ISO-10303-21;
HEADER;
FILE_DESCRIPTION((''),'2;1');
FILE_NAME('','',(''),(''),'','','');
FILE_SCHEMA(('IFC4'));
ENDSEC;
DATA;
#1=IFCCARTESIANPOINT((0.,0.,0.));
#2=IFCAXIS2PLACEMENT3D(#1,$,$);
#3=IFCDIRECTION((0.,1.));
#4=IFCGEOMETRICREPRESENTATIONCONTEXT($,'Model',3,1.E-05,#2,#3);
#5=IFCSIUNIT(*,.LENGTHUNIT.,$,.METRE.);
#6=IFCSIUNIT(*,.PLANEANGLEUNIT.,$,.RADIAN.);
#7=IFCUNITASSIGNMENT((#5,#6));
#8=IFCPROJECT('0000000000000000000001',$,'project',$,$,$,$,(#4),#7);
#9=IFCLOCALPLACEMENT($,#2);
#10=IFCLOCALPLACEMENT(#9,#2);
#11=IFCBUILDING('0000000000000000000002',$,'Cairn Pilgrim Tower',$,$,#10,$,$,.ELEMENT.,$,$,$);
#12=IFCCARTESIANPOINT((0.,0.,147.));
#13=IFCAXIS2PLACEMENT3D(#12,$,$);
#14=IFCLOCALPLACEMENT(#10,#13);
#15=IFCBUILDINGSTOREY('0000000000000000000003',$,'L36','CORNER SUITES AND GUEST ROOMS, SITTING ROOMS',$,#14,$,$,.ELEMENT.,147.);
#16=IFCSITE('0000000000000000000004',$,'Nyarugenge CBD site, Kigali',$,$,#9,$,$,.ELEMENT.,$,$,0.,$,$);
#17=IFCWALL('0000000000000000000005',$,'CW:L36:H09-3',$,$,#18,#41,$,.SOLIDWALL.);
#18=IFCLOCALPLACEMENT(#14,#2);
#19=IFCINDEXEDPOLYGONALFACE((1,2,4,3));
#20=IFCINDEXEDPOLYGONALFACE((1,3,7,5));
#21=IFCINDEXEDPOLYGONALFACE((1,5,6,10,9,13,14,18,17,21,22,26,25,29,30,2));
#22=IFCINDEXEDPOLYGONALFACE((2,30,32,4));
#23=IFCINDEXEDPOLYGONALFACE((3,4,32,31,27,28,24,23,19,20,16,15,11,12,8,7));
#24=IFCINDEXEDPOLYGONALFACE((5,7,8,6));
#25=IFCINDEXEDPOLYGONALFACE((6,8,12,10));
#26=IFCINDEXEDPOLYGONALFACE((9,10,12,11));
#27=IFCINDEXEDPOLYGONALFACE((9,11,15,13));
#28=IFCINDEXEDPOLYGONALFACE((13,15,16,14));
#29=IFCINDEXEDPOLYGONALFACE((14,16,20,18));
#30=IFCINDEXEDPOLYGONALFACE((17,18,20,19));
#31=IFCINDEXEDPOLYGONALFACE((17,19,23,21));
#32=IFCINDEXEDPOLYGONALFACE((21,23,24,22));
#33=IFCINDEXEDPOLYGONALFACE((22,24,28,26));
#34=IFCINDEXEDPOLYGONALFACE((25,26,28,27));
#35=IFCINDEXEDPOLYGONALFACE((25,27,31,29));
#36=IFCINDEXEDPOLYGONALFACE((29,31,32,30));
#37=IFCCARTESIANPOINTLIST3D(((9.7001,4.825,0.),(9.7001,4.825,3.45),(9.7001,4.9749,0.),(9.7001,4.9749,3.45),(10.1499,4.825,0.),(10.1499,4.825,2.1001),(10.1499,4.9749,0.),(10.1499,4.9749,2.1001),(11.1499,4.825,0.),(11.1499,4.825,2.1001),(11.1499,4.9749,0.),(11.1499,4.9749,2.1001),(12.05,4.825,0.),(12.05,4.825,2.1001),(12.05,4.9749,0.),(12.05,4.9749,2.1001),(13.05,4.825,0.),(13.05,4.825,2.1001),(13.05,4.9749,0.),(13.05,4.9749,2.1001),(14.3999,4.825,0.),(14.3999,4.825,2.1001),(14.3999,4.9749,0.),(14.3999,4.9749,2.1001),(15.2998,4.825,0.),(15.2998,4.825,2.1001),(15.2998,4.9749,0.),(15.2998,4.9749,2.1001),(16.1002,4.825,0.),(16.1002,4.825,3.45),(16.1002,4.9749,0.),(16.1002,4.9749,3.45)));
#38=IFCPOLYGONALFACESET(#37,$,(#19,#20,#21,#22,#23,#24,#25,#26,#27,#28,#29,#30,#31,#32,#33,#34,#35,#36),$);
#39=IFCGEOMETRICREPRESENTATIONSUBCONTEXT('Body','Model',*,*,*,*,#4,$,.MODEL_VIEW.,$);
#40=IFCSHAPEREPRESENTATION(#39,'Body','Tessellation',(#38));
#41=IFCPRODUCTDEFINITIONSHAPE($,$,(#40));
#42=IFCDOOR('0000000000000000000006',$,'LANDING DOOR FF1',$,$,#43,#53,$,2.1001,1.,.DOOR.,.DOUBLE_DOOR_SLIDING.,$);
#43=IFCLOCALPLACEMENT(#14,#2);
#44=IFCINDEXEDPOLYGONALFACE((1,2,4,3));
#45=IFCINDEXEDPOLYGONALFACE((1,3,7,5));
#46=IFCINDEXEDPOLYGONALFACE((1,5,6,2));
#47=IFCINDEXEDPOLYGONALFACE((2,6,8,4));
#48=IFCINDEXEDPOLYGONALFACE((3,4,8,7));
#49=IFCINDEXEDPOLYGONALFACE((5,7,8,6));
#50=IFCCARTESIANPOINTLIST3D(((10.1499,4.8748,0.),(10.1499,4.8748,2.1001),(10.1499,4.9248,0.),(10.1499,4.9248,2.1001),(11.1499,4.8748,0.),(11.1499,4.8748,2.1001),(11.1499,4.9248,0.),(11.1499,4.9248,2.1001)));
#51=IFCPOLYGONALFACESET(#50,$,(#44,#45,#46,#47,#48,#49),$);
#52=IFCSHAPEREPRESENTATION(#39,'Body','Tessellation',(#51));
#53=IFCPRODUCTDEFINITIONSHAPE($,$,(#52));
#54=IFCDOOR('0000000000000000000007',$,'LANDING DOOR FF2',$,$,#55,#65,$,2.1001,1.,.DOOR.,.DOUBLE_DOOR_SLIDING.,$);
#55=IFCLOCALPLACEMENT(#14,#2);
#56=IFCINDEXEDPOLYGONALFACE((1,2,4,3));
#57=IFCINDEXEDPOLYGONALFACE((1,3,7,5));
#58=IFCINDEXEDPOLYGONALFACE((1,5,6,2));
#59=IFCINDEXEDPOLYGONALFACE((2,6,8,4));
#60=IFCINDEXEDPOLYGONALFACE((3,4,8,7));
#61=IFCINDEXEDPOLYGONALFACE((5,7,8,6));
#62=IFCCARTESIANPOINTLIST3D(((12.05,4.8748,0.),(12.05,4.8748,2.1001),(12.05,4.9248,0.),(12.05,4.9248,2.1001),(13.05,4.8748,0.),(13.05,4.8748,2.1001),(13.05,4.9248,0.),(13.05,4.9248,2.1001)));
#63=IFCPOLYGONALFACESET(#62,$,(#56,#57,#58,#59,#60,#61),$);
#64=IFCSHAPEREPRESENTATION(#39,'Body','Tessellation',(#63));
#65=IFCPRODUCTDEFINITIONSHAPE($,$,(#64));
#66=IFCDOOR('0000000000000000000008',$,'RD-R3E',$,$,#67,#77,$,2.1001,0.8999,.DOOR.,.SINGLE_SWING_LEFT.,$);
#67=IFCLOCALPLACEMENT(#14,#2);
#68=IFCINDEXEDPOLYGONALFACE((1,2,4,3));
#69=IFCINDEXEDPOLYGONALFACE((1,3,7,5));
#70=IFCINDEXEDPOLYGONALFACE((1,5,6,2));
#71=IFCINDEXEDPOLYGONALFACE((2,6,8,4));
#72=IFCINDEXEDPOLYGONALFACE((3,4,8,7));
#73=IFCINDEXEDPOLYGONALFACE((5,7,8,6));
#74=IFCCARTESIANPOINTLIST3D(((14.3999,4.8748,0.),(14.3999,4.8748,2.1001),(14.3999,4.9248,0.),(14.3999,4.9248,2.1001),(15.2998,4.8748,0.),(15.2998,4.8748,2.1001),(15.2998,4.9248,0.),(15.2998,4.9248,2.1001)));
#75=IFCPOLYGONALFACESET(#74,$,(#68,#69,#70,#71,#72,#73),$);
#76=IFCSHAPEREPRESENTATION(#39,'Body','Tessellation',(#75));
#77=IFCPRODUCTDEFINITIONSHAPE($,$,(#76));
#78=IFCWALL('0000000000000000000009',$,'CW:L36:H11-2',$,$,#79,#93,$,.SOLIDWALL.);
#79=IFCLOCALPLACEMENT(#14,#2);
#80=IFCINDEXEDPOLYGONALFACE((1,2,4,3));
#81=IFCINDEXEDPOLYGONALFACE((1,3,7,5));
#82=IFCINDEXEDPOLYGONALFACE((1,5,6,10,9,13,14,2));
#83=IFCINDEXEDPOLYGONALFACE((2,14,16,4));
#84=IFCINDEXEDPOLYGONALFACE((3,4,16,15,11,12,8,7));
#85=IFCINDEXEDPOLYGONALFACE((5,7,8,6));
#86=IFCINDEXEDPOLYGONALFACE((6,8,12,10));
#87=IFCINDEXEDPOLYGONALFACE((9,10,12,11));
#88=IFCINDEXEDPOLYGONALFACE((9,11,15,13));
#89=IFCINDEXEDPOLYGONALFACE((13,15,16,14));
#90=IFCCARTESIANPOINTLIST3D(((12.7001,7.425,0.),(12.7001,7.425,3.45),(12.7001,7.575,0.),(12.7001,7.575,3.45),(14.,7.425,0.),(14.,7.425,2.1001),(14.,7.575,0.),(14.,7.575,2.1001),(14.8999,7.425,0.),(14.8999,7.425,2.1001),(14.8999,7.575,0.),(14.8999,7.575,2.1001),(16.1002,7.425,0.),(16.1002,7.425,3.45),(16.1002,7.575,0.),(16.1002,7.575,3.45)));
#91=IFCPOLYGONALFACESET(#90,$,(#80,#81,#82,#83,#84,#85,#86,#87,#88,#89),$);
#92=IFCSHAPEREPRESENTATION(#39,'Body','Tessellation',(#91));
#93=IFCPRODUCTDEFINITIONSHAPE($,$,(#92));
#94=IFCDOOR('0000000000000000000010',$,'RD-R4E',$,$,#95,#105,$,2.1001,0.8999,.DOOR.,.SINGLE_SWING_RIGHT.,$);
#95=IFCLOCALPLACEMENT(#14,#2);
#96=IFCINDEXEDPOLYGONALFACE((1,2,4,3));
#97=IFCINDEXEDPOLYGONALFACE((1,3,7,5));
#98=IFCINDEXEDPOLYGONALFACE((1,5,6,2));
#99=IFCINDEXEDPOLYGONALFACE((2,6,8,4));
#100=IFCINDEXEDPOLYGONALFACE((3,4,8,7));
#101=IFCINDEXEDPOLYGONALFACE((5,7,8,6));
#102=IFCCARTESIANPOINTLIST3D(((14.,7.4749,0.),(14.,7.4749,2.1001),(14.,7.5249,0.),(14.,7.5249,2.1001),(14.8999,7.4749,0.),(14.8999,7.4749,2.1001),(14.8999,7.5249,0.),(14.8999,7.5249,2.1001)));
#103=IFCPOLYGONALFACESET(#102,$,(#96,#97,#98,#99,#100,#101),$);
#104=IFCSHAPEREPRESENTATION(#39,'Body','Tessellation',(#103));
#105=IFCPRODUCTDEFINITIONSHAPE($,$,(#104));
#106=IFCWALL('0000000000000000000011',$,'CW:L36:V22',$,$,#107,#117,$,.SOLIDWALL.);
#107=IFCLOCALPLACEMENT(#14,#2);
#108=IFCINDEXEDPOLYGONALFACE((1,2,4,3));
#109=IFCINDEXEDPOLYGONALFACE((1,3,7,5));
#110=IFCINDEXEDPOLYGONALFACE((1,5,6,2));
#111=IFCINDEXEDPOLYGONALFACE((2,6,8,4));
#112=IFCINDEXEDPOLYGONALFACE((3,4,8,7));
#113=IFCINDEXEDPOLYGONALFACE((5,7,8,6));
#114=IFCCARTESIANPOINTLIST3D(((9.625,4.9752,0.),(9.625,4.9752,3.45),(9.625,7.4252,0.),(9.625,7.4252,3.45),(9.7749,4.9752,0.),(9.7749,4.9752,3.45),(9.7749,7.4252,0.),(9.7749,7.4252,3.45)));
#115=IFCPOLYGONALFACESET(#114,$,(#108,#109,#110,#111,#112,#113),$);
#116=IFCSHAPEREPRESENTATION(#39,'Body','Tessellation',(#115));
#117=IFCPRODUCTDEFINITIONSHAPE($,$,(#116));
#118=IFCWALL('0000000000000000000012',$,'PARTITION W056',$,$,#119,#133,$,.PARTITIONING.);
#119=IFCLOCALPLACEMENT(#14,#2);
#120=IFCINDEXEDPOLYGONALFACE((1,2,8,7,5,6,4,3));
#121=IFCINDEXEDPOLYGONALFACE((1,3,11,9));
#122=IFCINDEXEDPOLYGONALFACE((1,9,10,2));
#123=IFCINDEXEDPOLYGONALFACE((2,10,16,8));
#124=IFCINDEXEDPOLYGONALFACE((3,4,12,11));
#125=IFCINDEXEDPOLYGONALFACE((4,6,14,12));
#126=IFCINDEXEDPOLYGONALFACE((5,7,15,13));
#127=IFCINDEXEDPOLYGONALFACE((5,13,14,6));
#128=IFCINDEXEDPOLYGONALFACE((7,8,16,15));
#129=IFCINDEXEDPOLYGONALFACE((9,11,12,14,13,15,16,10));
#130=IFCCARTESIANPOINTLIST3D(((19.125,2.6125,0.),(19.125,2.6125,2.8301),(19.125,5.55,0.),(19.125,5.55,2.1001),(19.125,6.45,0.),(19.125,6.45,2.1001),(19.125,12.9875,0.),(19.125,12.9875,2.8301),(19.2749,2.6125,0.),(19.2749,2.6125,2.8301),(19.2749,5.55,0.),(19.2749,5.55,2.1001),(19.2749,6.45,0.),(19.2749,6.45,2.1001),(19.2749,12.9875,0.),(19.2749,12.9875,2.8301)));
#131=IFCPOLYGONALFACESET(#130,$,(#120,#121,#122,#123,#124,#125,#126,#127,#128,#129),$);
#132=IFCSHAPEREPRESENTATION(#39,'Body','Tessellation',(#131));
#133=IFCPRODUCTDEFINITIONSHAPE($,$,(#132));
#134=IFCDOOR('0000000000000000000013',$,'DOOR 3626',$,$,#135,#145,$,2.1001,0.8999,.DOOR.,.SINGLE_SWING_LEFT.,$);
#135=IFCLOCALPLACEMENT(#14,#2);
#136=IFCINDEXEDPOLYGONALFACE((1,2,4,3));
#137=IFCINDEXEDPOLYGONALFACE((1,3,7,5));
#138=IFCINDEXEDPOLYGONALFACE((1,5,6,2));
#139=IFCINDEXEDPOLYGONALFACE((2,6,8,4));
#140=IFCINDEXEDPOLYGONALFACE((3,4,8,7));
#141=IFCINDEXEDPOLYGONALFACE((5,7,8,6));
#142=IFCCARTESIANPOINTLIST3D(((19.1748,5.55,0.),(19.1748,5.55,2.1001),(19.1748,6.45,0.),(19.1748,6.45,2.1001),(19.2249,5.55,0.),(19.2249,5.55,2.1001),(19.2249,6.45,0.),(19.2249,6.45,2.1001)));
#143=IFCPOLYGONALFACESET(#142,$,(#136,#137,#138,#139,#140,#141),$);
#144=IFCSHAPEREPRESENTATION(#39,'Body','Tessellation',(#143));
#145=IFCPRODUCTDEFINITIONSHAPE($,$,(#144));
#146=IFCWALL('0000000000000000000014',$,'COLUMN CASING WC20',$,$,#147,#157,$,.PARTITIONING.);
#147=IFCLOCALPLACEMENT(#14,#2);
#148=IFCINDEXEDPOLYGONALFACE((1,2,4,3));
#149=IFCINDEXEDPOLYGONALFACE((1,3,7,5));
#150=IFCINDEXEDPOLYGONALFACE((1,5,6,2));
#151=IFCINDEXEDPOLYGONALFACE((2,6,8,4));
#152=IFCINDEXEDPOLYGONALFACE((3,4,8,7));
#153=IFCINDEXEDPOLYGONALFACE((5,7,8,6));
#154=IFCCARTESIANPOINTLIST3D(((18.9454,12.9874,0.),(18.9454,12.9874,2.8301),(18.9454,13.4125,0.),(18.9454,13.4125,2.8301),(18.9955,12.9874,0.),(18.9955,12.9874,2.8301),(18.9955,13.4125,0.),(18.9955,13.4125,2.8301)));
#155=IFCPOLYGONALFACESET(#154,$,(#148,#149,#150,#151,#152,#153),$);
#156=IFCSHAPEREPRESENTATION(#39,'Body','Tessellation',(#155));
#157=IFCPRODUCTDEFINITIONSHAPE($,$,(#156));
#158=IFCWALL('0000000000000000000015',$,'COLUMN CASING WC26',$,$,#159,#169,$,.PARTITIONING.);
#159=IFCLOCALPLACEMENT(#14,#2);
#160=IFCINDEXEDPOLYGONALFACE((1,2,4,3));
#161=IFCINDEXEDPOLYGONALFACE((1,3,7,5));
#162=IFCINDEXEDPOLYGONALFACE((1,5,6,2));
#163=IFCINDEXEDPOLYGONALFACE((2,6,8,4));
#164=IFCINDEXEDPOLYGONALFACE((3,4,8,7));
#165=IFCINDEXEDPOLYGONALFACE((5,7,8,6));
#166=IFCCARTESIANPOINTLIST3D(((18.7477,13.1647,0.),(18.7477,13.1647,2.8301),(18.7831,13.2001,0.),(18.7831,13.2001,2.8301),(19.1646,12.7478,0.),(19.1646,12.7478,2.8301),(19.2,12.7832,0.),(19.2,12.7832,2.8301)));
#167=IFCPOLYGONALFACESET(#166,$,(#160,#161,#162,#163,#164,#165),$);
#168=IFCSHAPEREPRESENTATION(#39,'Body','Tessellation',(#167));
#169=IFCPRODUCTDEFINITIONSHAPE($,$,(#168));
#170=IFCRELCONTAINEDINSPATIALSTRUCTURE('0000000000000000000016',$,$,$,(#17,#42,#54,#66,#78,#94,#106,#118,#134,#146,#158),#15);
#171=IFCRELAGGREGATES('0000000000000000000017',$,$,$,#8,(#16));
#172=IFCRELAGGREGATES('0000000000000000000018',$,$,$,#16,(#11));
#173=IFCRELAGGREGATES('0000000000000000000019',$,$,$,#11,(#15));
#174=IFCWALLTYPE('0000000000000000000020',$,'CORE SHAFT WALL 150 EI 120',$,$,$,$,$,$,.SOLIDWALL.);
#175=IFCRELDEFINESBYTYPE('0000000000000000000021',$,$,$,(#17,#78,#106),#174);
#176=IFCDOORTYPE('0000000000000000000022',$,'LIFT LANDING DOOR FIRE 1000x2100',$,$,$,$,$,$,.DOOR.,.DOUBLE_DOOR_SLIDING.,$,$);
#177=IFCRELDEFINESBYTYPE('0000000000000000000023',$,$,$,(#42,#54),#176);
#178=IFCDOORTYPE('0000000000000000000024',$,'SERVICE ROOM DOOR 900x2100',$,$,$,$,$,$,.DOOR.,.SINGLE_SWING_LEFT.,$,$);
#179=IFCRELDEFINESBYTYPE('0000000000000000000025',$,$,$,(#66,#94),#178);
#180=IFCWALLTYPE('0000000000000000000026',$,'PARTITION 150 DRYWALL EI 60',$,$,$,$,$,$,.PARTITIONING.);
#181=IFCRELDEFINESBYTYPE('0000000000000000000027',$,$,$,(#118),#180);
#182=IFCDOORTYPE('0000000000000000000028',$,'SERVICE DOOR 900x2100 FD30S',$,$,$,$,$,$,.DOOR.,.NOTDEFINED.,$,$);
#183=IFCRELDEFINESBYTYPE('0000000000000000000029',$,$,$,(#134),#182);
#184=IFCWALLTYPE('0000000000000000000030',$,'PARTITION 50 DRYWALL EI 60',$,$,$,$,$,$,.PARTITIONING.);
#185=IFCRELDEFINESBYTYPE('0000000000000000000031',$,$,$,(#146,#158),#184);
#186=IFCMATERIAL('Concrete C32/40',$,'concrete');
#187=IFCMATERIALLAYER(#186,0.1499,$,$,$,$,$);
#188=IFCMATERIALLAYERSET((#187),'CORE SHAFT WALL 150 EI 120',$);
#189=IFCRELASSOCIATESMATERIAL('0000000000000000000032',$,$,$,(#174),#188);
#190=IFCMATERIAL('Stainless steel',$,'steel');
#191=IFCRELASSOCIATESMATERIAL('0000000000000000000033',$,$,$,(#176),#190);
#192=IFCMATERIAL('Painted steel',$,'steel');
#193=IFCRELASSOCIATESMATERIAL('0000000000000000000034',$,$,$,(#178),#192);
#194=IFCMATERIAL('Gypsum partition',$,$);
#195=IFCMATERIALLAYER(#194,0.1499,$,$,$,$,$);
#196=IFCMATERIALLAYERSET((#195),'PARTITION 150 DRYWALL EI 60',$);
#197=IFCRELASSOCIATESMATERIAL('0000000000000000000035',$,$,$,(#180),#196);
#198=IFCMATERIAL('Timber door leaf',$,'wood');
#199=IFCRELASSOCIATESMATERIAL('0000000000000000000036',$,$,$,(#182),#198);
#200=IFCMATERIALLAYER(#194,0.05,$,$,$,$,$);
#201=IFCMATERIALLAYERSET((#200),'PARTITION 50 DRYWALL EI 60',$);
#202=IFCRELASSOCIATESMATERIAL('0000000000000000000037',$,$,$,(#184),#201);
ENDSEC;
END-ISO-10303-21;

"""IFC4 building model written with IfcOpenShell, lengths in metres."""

from ifc_helpers import new_model, si_unit, direction, frame, frame_2d, origin, place, context, subcontext, project, spatial, rectangle, extrude, material, layer, layer_set, type_object, element, fill, save


model = new_model("IFC4")

# Units and contexts
model_context = context("Model", 3, precision=1e-05, world=origin(), true_north=direction((0.0, 1.0)))
body_context = subcontext(model_context, "Body", "Model", "MODEL_VIEW")
ifc_project = project(units=[si_unit("LENGTHUNIT", "METRE"), si_unit("PLANEANGLEUNIT", "RADIAN")], contexts=[model_context])

# Site, building, storey
site_placement = place(None, origin())
site = spatial("IfcSite", under=ifc_project, at=site_placement, Name="Nyarugenge CBD site, Kigali", CompositionType="ELEMENT", RefElevation=0.0)
building_placement = place(site_placement, origin())
building = spatial("IfcBuilding", under=site, at=building_placement, Name="Cairn Pilgrim Tower", CompositionType="ELEMENT")
storey_placement = place(building_placement, frame((0.0, 0.0, 147.0)))
storey = spatial("IfcBuildingStorey", under=building, at=storey_placement, Name="L36", Description="CORNER SUITES AND GUEST ROOMS, SITTING ROOMS", CompositionType="ELEMENT", Elevation=147.0)

# Shared definitions
ifc_material_1 = material(Name="Concrete C32/40", Category="concrete")

# Wall, openings, doors
ifc_layer_1 = layer(ifc_material_1, 0.1499)
ifc_layer_set_1 = layer_set([ifc_layer_1], Name="CORE SHAFT WALL 150 EI 120")
wall_type_1 = type_object("IfcWallType", Name="CORE SHAFT WALL 150 EI 120", PredefinedType="SOLIDWALL", material=ifc_layer_set_1)
wall_1_placement = place(storey_placement, frame((9.7, 4.8999, 0.0), z_axis=(0.0, 0.0, 1.0), x_axis=(1.0, 0.0, 0.0)))
wall_1 = element("IfcWall", 1, at=wall_1_placement, inside=storey, type_object=wall_type_1, Name="CW:L36:H09-3", PredefinedType="SOLIDWALL", context=body_context, shape_type="SweptSolid", body=[
    extrude(rectangle(XDim=6.4001, YDim=0.1499, at=frame_2d((3.2002, 0.0))), origin(), (0.0, 0.0, 1.0), 3.45),
])
opening_1_placement = place(wall_1_placement, frame((0.45, 0.0, 0.0)))
opening_1 = element("IfcOpeningElement", 2, at=opening_1_placement, cuts=wall_1, PredefinedType="OPENING", context=body_context, shape_type="SweptSolid", body=[
    extrude(rectangle(XDim=1.0, YDim=2.1001, at=frame_2d((0.5, 1.05))), frame((0.0, 0.085, 0.0), z_axis=(0.0, -1.0, 0.0), x_axis=(1.0, 0.0, 0.0)), (0.0, 0.0, 1.0), 0.1699),
])
opening_2_placement = place(wall_1_placement, frame((2.3501, 0.0, 0.0)))
opening_2 = element("IfcOpeningElement", 3, at=opening_2_placement, cuts=wall_1, PredefinedType="OPENING", context=body_context, shape_type="SweptSolid", body=[
    extrude(rectangle(XDim=1.0, YDim=2.1001, at=frame_2d((0.5, 1.05))), frame((0.0, 0.085, 0.0), z_axis=(0.0, -1.0, 0.0), x_axis=(1.0, 0.0, 0.0)), (0.0, 0.0, 1.0), 0.1699),
])
opening_3_placement = place(wall_1_placement, frame((4.7, 0.0, 0.0)))
opening_3 = element("IfcOpeningElement", 4, at=opening_3_placement, cuts=wall_1, PredefinedType="OPENING", context=body_context, shape_type="SweptSolid", body=[
    extrude(rectangle(XDim=0.8999, YDim=2.1001, at=frame_2d((0.45, 1.05))), frame((0.0, 0.085, 0.0), z_axis=(0.0, -1.0, 0.0), x_axis=(1.0, 0.0, 0.0)), (0.0, 0.0, 1.0), 0.1699),
])
ifc_material_2 = material(Name="Stainless steel", Category="steel")
door_type_1 = type_object("IfcDoorType", Name="LIFT LANDING DOOR FIRE 1000x2100", OperationType="DOUBLE_DOOR_SLIDING", PredefinedType="DOOR", material=ifc_material_2)
door_1_placement = place(opening_1_placement, origin())
door_1 = element("IfcDoor", 5, at=door_1_placement, inside=storey, type_object=door_type_1, Name="LANDING DOOR FF1", OperationType="DOUBLE_DOOR_SLIDING", OverallHeight=2.1001, OverallWidth=1.0, PredefinedType="DOOR", context=body_context, shape_type="SweptSolid", body=[
    extrude(rectangle(XDim=1.0, YDim=2.1001, at=frame_2d((0.5, 1.05))), frame((0.0, 0.0249, 0.0), z_axis=(0.0, -1.0, 0.0), x_axis=(1.0, 0.0, 0.0)), (0.0, 0.0, 1.0), 0.05),
])
fill(opening_1, door_1)
door_2_placement = place(opening_2_placement, origin())
door_2 = element("IfcDoor", 6, at=door_2_placement, inside=storey, type_object=door_type_1, Name="LANDING DOOR FF2", OperationType="DOUBLE_DOOR_SLIDING", OverallHeight=2.1001, OverallWidth=1.0, PredefinedType="DOOR", context=body_context, shape_type="SweptSolid", body=[
    extrude(rectangle(XDim=1.0, YDim=2.1001, at=frame_2d((0.5, 1.05))), frame((0.0, 0.0249, 0.0), z_axis=(0.0, -1.0, 0.0), x_axis=(1.0, 0.0, 0.0)), (0.0, 0.0, 1.0), 0.05),
])
fill(opening_2, door_2)
ifc_material_3 = material(Name="Painted steel", Category="steel")
door_type_2 = type_object("IfcDoorType", Name="SERVICE ROOM DOOR 900x2100", OperationType="SINGLE_SWING_LEFT", PredefinedType="DOOR", material=ifc_material_3)
door_3_placement = place(opening_3_placement, origin())
door_3 = element("IfcDoor", 7, at=door_3_placement, inside=storey, type_object=door_type_2, Name="RD-R3E", OperationType="SINGLE_SWING_LEFT", OverallHeight=2.1001, OverallWidth=0.8999, PredefinedType="DOOR", context=body_context, shape_type="SweptSolid", body=[
    extrude(rectangle(XDim=0.8999, YDim=2.1001, at=frame_2d((0.45, 1.05))), frame((0.0, 0.0249, 0.0), z_axis=(0.0, -1.0, 0.0), x_axis=(1.0, 0.0, 0.0)), (0.0, 0.0, 1.0), 0.05),
])
fill(opening_3, door_3)

# Wall, opening, door
wall_2_placement = place(storey_placement, frame((12.7, 7.5, 0.0), z_axis=(0.0, 0.0, 1.0), x_axis=(1.0, 0.0, 0.0)))
wall_2 = element("IfcWall", 8, at=wall_2_placement, inside=storey, type_object=wall_type_1, Name="CW:L36:H11-2", PredefinedType="SOLIDWALL", context=body_context, shape_type="SweptSolid", body=[
    extrude(rectangle(XDim=3.4001, YDim=0.1499, at=frame_2d((1.7002, 0.0))), origin(), (0.0, 0.0, 1.0), 3.45),
])
opening_4_placement = place(wall_2_placement, frame((1.3, 0.0, 0.0)))
opening_4 = element("IfcOpeningElement", 9, at=opening_4_placement, cuts=wall_2, PredefinedType="OPENING", context=body_context, shape_type="SweptSolid", body=[
    extrude(rectangle(XDim=0.8999, YDim=2.1001, at=frame_2d((0.45, 1.05))), frame((0.0, 0.085, 0.0), z_axis=(0.0, -1.0, 0.0), x_axis=(1.0, 0.0, 0.0)), (0.0, 0.0, 1.0), 0.1699),
])
door_4_placement = place(opening_4_placement, origin())
door_4 = element("IfcDoor", 10, at=door_4_placement, inside=storey, type_object=door_type_2, Name="RD-R4E", OperationType="SINGLE_SWING_RIGHT", OverallHeight=2.1001, OverallWidth=0.8999, PredefinedType="DOOR", context=body_context, shape_type="SweptSolid", body=[
    extrude(rectangle(XDim=0.8999, YDim=2.1001, at=frame_2d((0.45, 1.05))), frame((0.0, 0.0249, 0.0), z_axis=(0.0, -1.0, 0.0), x_axis=(1.0, 0.0, 0.0)), (0.0, 0.0, 1.0), 0.05),
])
fill(opening_4, door_4)

# Wall
wall_3_placement = place(storey_placement, frame((9.7, 4.9751, 0.0), z_axis=(0.0, 0.0, 1.0), x_axis=(0.0, 1.0, 0.0)))
element("IfcWall", 11, at=wall_3_placement, inside=storey, type_object=wall_type_1, Name="CW:L36:V22", PredefinedType="SOLIDWALL", context=body_context, shape_type="SweptSolid", body=[
    extrude(rectangle(XDim=2.45, YDim=0.1499, at=frame_2d((1.2251, 0.0))), origin(), (0.0, 0.0, 1.0), 3.45),
])

# Wall, opening, door
ifc_material_4 = material(Name="Gypsum partition")
ifc_layer_2 = layer(ifc_material_4, 0.1499)
ifc_layer_set_2 = layer_set([ifc_layer_2], Name="PARTITION 150 DRYWALL EI 60")
wall_type_2 = type_object("IfcWallType", Name="PARTITION 150 DRYWALL EI 60", PredefinedType="PARTITIONING", material=ifc_layer_set_2)
wall_4_placement = place(storey_placement, frame((19.2, 2.6125, 0.0), z_axis=(0.0, 0.0, 1.0), x_axis=(0.0, 1.0, 0.0)))
wall_4 = element("IfcWall", 12, at=wall_4_placement, inside=storey, type_object=wall_type_2, Name="PARTITION W056", PredefinedType="PARTITIONING", context=body_context, shape_type="SweptSolid", body=[
    extrude(rectangle(XDim=10.375, YDim=0.1499, at=frame_2d((5.1875, 0.0))), origin(), (0.0, 0.0, 1.0), 2.8301),
])
opening_5_placement = place(wall_4_placement, frame((2.9375, 0.0, 0.0)))
opening_5 = element("IfcOpeningElement", 13, at=opening_5_placement, cuts=wall_4, PredefinedType="OPENING", context=body_context, shape_type="SweptSolid", body=[
    extrude(rectangle(XDim=0.8999, YDim=2.1001, at=frame_2d((0.45, 1.05))), frame((0.0, 0.085, 0.0), z_axis=(0.0, -1.0, 0.0), x_axis=(1.0, 0.0, 0.0)), (0.0, 0.0, 1.0), 0.1699),
])
ifc_material_5 = material(Name="Timber door leaf", Category="wood")
door_type_3 = type_object("IfcDoorType", Name="SERVICE DOOR 900x2100 FD30S", OperationType="NOTDEFINED", PredefinedType="DOOR", material=ifc_material_5)
door_5_placement = place(opening_5_placement, frame((0.8999, 0.0, 0.0), z_axis=(0.0, 0.0, 1.0), x_axis=(-1.0, 0.0, 0.0)))
door_5 = element("IfcDoor", 14, at=door_5_placement, inside=storey, type_object=door_type_3, Name="DOOR 3626", OperationType="SINGLE_SWING_LEFT", OverallHeight=2.1001, OverallWidth=0.8999, PredefinedType="DOOR", context=body_context, shape_type="SweptSolid", body=[
    extrude(rectangle(XDim=0.8999, YDim=2.1001, at=frame_2d((0.45, 1.05))), frame((0.0, 0.0249, 0.0), z_axis=(0.0, -1.0, 0.0), x_axis=(1.0, 0.0, 0.0)), (0.0, 0.0, 1.0), 0.05),
])
fill(opening_5, door_5)

# Walls
ifc_layer_3 = layer(ifc_material_4, 0.05)
ifc_layer_set_3 = layer_set([ifc_layer_3], Name="PARTITION 50 DRYWALL EI 60")
wall_type_3 = type_object("IfcWallType", Name="PARTITION 50 DRYWALL EI 60", PredefinedType="PARTITIONING", material=ifc_layer_set_3)
wall_5_placement = place(storey_placement, frame((18.9705, 12.9875, 0.0), z_axis=(0.0, 0.0, 1.0), x_axis=(0.0, 1.0, 0.0)))
element("IfcWall", 15, at=wall_5_placement, inside=storey, type_object=wall_type_3, Name="COLUMN CASING WC20", PredefinedType="PARTITIONING", context=body_context, shape_type="SweptSolid", body=[
    extrude(rectangle(XDim=0.425, YDim=0.05, at=frame_2d((0.2124, 0.0))), origin(), (0.0, 0.0, 1.0), 2.8301),
])
wall_6_placement = place(storey_placement, frame((19.1824, 12.7654, 0.0), z_axis=(0.0, 0.0, 1.0), x_axis=(-0.707107, 0.707107, 0.0)))
element("IfcWall", 16, at=wall_6_placement, inside=storey, type_object=wall_type_3, Name="COLUMN CASING WC26", PredefinedType="PARTITIONING", context=body_context, shape_type="SweptSolid", body=[
    extrude(rectangle(XDim=0.5896, YDim=0.05, at=frame_2d((0.2949, 0.0))), origin(), (0.0, 0.0, 1.0), 2.8301),
])

save(model, "model.ifc")
